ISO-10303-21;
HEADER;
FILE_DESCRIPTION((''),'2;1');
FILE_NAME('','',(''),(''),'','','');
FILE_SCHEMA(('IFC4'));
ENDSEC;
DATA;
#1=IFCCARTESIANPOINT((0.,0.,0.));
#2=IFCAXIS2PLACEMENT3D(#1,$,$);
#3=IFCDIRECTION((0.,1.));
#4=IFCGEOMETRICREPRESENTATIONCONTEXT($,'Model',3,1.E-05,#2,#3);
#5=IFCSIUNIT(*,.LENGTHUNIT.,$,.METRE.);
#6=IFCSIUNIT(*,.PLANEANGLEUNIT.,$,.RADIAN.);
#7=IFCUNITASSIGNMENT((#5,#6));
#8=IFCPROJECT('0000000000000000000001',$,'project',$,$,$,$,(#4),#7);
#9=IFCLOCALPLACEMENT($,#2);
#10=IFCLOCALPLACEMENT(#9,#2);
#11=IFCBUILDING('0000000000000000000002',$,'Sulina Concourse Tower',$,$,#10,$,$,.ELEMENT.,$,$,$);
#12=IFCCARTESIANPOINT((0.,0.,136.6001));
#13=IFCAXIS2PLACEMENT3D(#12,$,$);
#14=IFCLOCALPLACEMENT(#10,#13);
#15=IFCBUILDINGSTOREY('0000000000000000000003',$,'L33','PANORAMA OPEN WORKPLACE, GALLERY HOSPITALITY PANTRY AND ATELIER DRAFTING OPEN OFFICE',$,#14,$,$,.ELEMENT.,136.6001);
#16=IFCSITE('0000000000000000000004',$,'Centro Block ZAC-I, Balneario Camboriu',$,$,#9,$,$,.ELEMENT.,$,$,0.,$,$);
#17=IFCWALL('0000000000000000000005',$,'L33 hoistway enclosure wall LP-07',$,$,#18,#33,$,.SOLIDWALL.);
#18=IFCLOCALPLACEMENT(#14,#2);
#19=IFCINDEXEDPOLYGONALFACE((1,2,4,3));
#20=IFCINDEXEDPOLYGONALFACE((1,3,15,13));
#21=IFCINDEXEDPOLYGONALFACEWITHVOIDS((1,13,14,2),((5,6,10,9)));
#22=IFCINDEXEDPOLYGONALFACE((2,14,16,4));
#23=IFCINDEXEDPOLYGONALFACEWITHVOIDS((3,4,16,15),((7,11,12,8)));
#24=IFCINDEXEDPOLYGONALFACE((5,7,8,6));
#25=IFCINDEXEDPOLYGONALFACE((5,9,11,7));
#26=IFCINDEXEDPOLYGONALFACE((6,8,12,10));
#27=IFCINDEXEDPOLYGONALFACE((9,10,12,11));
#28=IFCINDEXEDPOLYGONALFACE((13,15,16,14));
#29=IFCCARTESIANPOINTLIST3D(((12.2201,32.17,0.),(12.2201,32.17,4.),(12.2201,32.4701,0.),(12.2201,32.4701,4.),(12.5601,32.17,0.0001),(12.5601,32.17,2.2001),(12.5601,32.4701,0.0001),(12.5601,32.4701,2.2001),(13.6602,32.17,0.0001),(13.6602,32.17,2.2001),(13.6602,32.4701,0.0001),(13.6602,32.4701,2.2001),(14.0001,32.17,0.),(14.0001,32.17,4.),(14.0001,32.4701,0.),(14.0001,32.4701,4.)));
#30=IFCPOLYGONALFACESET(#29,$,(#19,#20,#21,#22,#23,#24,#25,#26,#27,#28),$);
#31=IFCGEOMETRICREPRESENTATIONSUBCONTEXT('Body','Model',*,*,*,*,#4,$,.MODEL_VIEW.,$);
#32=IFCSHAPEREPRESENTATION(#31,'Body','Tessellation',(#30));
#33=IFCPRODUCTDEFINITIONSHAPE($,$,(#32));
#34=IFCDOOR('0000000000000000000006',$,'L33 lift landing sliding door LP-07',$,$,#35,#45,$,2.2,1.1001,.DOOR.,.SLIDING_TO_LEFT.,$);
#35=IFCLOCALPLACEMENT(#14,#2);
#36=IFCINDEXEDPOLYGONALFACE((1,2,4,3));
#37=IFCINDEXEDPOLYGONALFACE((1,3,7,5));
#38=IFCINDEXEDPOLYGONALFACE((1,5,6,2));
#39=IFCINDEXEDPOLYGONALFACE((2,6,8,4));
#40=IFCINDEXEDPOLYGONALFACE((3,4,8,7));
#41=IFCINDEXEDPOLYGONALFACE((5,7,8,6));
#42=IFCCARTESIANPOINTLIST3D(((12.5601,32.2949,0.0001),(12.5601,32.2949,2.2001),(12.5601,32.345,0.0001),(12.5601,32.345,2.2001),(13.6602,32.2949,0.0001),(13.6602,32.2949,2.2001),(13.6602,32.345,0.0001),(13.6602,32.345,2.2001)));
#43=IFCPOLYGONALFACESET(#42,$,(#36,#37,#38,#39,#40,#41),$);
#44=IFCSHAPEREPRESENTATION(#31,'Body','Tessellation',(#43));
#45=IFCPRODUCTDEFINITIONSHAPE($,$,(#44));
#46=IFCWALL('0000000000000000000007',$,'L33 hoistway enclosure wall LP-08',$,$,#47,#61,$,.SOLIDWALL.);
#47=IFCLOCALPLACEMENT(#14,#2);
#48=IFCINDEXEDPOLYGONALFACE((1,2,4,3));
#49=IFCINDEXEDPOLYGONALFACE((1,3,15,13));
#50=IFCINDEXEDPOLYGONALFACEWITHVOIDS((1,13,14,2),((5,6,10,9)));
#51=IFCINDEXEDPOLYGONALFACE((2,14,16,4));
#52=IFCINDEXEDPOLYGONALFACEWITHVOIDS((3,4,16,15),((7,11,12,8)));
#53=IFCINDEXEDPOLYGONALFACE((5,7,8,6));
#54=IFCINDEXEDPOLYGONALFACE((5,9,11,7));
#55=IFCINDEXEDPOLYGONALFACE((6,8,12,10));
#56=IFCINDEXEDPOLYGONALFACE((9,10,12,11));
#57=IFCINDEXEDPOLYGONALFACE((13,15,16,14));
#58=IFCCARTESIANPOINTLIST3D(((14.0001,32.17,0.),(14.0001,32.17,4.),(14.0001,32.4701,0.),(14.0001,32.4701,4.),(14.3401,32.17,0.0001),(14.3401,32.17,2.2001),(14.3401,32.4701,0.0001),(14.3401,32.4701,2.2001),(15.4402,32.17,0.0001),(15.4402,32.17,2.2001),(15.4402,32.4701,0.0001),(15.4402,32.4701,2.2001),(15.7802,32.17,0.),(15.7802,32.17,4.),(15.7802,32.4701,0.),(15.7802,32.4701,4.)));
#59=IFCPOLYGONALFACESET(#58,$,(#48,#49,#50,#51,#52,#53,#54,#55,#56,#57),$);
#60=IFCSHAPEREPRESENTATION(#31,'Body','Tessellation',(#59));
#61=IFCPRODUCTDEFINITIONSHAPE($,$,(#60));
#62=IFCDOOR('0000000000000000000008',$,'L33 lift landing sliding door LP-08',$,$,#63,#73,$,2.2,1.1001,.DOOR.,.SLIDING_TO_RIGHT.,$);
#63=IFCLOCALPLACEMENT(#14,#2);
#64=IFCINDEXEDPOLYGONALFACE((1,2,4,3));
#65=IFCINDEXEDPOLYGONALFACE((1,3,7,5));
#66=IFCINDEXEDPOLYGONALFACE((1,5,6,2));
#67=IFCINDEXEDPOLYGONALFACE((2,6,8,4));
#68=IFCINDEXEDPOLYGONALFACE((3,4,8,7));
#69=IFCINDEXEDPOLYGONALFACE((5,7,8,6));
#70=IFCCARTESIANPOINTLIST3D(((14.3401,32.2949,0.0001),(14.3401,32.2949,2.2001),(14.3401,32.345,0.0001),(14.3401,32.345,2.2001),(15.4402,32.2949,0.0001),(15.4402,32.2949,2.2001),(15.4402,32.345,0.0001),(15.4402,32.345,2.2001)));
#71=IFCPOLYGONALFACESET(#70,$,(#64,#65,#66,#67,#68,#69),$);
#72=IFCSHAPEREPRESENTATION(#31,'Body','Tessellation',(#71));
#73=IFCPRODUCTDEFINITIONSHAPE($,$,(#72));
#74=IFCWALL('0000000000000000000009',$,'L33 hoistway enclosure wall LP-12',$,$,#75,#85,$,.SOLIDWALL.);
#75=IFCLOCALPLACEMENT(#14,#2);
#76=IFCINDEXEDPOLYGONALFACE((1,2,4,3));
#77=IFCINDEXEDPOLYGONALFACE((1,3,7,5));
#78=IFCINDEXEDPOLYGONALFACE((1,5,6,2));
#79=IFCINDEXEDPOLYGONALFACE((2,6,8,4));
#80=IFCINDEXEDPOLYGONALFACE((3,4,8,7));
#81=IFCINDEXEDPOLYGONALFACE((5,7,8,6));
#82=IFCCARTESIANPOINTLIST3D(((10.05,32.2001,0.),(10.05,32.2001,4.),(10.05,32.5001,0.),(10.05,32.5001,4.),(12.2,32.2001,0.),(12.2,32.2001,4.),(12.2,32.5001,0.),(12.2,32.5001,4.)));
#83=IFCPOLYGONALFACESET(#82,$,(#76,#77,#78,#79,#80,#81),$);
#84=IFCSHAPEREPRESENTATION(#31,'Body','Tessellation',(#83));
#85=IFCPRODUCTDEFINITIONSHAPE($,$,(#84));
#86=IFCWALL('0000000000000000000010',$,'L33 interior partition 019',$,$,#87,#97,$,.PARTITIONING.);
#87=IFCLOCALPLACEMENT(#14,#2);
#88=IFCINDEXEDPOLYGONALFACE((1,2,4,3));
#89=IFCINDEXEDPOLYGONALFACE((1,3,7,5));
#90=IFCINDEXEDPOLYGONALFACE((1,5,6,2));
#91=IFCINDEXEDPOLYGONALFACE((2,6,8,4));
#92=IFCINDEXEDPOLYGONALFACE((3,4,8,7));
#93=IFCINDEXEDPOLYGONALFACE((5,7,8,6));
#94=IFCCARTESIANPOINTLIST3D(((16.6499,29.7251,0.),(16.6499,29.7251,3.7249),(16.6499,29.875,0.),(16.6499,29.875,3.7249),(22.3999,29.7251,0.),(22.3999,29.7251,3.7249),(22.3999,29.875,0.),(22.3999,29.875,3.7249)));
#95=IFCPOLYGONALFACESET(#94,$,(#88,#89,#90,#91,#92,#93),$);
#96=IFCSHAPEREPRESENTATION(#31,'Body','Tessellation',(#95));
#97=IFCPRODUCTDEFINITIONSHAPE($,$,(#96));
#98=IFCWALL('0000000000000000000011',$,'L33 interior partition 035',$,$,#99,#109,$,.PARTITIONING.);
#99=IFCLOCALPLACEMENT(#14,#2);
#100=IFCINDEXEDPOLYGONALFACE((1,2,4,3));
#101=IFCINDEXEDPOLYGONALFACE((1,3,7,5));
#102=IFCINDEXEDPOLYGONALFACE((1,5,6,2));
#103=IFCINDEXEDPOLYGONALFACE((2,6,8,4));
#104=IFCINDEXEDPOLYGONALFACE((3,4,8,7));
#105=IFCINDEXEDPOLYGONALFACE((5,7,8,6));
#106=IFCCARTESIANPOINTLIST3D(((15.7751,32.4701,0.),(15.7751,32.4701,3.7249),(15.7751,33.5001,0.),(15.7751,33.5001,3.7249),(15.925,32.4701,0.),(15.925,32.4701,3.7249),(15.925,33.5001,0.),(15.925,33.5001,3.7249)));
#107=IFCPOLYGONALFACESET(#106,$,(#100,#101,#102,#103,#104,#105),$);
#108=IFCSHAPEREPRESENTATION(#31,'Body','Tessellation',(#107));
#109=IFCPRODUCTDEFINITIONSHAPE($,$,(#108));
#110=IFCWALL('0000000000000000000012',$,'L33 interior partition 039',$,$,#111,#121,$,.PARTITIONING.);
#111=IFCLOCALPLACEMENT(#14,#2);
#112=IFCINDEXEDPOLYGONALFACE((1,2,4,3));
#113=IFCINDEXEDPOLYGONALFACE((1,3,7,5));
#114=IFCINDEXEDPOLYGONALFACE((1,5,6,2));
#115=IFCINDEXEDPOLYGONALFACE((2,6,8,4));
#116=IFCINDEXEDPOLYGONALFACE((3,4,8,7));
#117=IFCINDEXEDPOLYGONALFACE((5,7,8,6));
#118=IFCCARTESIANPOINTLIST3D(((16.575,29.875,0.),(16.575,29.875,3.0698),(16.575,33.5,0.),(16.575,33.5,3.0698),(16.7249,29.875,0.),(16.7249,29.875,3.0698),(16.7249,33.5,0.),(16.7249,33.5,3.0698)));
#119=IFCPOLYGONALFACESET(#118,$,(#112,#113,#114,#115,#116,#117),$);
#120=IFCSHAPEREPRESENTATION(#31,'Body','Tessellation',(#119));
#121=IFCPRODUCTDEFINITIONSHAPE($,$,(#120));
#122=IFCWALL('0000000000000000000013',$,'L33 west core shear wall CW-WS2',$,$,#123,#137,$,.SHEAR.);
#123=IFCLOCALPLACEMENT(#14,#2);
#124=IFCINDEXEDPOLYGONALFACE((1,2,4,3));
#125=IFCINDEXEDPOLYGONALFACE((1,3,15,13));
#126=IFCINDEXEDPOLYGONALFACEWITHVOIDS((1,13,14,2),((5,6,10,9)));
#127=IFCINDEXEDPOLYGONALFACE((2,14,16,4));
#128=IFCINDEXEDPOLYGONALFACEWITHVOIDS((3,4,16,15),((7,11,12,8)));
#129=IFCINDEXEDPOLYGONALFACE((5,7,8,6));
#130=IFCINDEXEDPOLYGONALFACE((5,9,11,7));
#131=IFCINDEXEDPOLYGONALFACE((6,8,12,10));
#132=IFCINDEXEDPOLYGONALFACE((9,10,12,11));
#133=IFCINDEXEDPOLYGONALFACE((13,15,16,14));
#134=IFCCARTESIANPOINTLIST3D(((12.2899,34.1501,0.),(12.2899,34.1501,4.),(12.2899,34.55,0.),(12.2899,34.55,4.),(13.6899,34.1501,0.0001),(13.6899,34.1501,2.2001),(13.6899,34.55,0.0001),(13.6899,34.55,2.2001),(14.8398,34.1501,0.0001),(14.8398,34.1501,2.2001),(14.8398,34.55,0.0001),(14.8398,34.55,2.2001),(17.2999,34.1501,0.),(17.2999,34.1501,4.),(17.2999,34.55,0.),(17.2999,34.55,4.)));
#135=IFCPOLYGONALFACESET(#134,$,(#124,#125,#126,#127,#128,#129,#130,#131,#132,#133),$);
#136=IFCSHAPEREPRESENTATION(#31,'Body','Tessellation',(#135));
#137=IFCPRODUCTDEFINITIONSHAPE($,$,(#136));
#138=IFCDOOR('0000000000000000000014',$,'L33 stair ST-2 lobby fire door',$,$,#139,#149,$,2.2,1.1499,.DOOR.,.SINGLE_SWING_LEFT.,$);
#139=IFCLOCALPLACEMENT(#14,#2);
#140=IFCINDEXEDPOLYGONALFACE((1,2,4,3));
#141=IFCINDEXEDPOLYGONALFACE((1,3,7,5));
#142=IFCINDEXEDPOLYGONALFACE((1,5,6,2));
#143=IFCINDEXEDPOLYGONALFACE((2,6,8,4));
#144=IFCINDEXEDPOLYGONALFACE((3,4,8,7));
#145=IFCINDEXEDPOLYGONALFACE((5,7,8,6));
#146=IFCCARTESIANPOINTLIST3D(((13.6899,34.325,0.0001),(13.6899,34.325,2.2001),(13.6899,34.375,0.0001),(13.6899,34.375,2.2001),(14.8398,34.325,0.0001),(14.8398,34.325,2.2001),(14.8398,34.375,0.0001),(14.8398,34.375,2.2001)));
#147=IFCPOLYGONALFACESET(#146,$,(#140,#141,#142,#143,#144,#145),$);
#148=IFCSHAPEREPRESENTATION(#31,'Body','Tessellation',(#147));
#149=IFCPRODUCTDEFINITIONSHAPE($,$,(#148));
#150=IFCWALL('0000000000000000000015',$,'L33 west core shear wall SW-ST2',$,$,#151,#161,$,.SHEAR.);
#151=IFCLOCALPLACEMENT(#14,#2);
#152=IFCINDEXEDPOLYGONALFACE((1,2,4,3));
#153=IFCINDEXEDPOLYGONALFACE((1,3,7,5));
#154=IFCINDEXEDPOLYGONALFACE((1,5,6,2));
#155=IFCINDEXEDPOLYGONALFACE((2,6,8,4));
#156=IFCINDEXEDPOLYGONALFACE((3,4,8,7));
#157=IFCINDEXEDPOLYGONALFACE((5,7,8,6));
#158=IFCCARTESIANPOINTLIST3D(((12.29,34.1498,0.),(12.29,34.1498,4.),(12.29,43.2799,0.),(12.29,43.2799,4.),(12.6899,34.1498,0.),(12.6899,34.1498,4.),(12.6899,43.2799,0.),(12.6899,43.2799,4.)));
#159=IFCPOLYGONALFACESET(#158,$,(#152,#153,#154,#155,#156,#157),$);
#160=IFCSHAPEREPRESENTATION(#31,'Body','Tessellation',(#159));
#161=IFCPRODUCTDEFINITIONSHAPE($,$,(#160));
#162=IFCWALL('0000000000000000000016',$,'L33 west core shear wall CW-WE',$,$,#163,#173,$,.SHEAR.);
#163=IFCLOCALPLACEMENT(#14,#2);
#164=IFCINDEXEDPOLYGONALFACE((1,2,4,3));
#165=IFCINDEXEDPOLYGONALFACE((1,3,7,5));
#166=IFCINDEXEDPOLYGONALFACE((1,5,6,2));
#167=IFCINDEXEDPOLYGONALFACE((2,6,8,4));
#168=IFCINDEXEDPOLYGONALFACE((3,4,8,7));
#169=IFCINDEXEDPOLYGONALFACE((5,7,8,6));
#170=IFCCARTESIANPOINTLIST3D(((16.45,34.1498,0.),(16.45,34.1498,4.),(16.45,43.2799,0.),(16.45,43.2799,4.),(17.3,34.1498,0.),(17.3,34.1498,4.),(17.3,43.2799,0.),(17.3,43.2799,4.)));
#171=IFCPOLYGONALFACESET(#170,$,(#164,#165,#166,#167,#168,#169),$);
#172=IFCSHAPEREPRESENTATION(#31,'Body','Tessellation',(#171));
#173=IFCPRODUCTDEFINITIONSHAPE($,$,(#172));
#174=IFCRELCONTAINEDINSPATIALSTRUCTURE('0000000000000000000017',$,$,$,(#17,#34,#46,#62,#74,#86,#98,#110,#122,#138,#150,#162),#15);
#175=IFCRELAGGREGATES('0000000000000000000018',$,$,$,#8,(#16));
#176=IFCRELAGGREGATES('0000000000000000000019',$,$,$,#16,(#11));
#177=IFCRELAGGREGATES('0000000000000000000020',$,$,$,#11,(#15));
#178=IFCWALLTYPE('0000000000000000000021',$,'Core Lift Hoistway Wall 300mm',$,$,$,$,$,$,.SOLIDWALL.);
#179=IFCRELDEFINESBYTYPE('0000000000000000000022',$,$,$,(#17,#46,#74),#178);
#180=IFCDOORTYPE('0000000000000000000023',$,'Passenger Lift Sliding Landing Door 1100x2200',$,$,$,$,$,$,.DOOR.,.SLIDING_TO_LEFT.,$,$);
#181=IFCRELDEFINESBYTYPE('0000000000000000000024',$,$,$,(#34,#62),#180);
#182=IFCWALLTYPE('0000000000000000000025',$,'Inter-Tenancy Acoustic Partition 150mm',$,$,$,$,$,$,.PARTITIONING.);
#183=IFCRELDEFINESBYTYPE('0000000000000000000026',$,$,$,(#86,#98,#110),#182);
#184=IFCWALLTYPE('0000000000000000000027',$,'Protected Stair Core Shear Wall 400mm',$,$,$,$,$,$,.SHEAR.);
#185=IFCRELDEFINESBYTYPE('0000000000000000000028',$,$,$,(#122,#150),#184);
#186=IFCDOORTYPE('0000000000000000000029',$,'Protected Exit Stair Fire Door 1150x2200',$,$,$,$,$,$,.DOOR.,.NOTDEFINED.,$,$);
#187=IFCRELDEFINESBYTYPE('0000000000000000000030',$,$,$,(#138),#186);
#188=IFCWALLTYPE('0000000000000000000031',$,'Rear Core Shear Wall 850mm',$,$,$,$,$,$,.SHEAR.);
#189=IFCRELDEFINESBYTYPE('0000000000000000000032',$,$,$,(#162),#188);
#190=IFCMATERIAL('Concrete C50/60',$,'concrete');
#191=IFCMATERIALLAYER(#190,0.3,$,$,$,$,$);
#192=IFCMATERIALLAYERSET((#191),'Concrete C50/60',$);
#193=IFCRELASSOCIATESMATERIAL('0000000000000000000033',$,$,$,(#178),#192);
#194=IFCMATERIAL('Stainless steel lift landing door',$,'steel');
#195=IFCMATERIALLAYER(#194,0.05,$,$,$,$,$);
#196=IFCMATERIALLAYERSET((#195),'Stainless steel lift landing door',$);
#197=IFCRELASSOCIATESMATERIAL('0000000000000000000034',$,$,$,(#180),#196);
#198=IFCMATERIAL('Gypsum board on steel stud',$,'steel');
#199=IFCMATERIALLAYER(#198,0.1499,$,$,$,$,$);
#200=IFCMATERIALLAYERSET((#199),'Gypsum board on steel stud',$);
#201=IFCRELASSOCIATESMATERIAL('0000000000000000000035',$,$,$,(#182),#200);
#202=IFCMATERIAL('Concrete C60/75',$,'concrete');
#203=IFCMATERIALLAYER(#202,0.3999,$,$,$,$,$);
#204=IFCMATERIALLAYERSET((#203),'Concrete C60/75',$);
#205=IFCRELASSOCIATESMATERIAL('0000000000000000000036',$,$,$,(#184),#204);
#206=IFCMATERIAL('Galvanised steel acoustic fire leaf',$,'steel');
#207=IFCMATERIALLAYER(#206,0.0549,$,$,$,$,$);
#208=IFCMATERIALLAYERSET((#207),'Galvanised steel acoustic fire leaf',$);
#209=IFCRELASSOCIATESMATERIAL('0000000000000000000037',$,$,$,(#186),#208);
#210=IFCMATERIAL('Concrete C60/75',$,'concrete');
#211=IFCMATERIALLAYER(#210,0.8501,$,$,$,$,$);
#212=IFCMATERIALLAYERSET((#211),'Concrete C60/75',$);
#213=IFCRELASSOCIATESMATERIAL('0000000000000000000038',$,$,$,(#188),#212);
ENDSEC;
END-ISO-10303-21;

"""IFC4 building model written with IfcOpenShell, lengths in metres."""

from ifc_helpers import new_model, si_unit, direction, frame, frame_2d, origin, place, context, subcontext, project, spatial, rectangle, extrude, material, layer, layer_set, type_object, element, fill, save


model = new_model("IFC4")

# Units and contexts
model_context = context("Model", 3, precision=1e-05, world=origin(), true_north=direction((0.0, 1.0)))
body_context = subcontext(model_context, "Body", "Model", "MODEL_VIEW")
ifc_project = project(units=[si_unit("LENGTHUNIT", "METRE"), si_unit("PLANEANGLEUNIT", "RADIAN")], contexts=[model_context])

# Site, building, storey
site_placement = place(None, origin())
site = spatial("IfcSite", under=ifc_project, at=site_placement, Name="Centro Block ZAC-I, Balneario Camboriu", CompositionType="ELEMENT", RefElevation=0.0)
building_placement = place(site_placement, origin())
building = spatial("IfcBuilding", under=site, at=building_placement, Name="Sulina Concourse Tower", CompositionType="ELEMENT")
storey_placement = place(building_placement, frame((0.0, 0.0, 136.6001)))
storey = spatial("IfcBuildingStorey", under=building, at=storey_placement, Name="L33", Description="PANORAMA OPEN WORKPLACE, GALLERY HOSPITALITY PANTRY AND ATELIER DRAFTING OPEN OFFICE", CompositionType="ELEMENT", Elevation=136.6001)

# Walls, openings, doors
ifc_material_1 = material(Name="Concrete C50/60", Category="concrete")
ifc_layer_1 = layer(ifc_material_1, 0.3)
ifc_layer_set_1 = layer_set([ifc_layer_1], Name="Concrete C50/60")
wall_type_1 = type_object("IfcWallType", Name="Core Lift Hoistway Wall 300mm", PredefinedType="SOLIDWALL", material=ifc_layer_set_1)
ifc_material_2 = material(Name="Stainless steel lift landing door", Category="steel")
ifc_layer_2 = layer(ifc_material_2, 0.05)
ifc_layer_set_2 = layer_set([ifc_layer_2], Name="Stainless steel lift landing door")
door_type_1 = type_object("IfcDoorType", Name="Passenger Lift Sliding Landing Door 1100x2200", OperationType="SLIDING_TO_LEFT", PredefinedType="DOOR", material=ifc_layer_set_2)
wall_1_placement = place(storey_placement, frame((12.22, 32.3201, 0.0), z_axis=(0.0, 0.0, 1.0), x_axis=(1.0, 0.0, 0.0)))
wall_1 = element("IfcWall", 1, at=wall_1_placement, inside=storey, type_object=wall_type_1, Name="L33 hoistway enclosure wall LP-07", PredefinedType="SOLIDWALL", context=body_context, shape_type="SweptSolid", body=[
    extrude(rectangle(XDim=1.78, YDim=0.3, at=frame_2d((0.8901, 0.0))), origin(), (0.0, 0.0, 1.0), 4.0),
])
opening_1_placement = place(wall_1_placement, frame((0.3401, 0.0, 0.0)))
opening_1 = element("IfcOpeningElement", 2, at=opening_1_placement, cuts=wall_1, PredefinedType="OPENING", context=body_context, shape_type="SweptSolid", body=[
    extrude(rectangle(XDim=1.1001, YDim=2.2, at=frame_2d((0.55, 1.1001))), frame((0.0, 0.1599, 0.0), z_axis=(0.0, -1.0, 0.0), x_axis=(1.0, 0.0, 0.0)), (0.0, 0.0, 1.0), 0.3201),
])
door_1_placement = place(opening_1_placement, origin())
door_1 = element("IfcDoor", 3, at=door_1_placement, inside=storey, type_object=door_type_1, Name="L33 lift landing sliding door LP-07", OperationType="SLIDING_TO_LEFT", OverallHeight=2.2, OverallWidth=1.1001, PredefinedType="DOOR", context=body_context, shape_type="SweptSolid", body=[
    extrude(rectangle(XDim=1.1001, YDim=2.2, at=frame_2d((0.55, 1.1001))), frame((0.0, 0.0249, 0.0), z_axis=(0.0, -1.0, 0.0), x_axis=(1.0, 0.0, 0.0)), (0.0, 0.0, 1.0), 0.05),
])
fill(opening_1, door_1)
wall_2_placement = place(storey_placement, frame((14.0, 32.3201, 0.0), z_axis=(0.0, 0.0, 1.0), x_axis=(1.0, 0.0, 0.0)))
wall_2 = element("IfcWall", 4, at=wall_2_placement, inside=storey, type_object=wall_type_1, Name="L33 hoistway enclosure wall LP-08", PredefinedType="SOLIDWALL", context=body_context, shape_type="SweptSolid", body=[
    extrude(rectangle(XDim=1.78, YDim=0.3, at=frame_2d((0.8901, 0.0))), origin(), (0.0, 0.0, 1.0), 4.0),
])
opening_2_placement = place(wall_2_placement, frame((0.3401, 0.0, 0.0)))
opening_2 = element("IfcOpeningElement", 5, at=opening_2_placement, cuts=wall_2, PredefinedType="OPENING", context=body_context, shape_type="SweptSolid", body=[
    extrude(rectangle(XDim=1.1001, YDim=2.2, at=frame_2d((0.55, 1.1001))), frame((0.0, 0.1599, 0.0), z_axis=(0.0, -1.0, 0.0), x_axis=(1.0, 0.0, 0.0)), (0.0, 0.0, 1.0), 0.3201),
])
door_2_placement = place(opening_2_placement, origin())
door_2 = element("IfcDoor", 6, at=door_2_placement, inside=storey, type_object=door_type_1, Name="L33 lift landing sliding door LP-08", OperationType="SLIDING_TO_RIGHT", OverallHeight=2.2, OverallWidth=1.1001, PredefinedType="DOOR", context=body_context, shape_type="SweptSolid", body=[
    extrude(rectangle(XDim=1.1001, YDim=2.2, at=frame_2d((0.55, 1.1001))), frame((0.0, 0.0249, 0.0), z_axis=(0.0, -1.0, 0.0), x_axis=(1.0, 0.0, 0.0)), (0.0, 0.0, 1.0), 0.05),
])
fill(opening_2, door_2)

# Walls
wall_3_placement = place(storey_placement, frame((10.05, 32.3501, 0.0), z_axis=(0.0, 0.0, 1.0), x_axis=(1.0, 0.0, 0.0)))
element("IfcWall", 7, at=wall_3_placement, inside=storey, type_object=wall_type_1, Name="L33 hoistway enclosure wall LP-12", PredefinedType="SOLIDWALL", context=body_context, shape_type="SweptSolid", body=[
    extrude(rectangle(XDim=2.1499, YDim=0.3, at=frame_2d((1.075, 0.0))), origin(), (0.0, 0.0, 1.0), 4.0),
])
ifc_material_3 = material(Name="Gypsum board on steel stud", Category="steel")
ifc_layer_3 = layer(ifc_material_3, 0.1499)
ifc_layer_set_3 = layer_set([ifc_layer_3], Name="Gypsum board on steel stud")
wall_type_2 = type_object("IfcWallType", Name="Inter-Tenancy Acoustic Partition 150mm", PredefinedType="PARTITIONING", material=ifc_layer_set_3)
wall_4_placement = place(storey_placement, frame((16.6499, 29.8, 0.0), z_axis=(0.0, 0.0, 1.0), x_axis=(1.0, 0.0, 0.0)))
element("IfcWall", 8, at=wall_4_placement, inside=storey, type_object=wall_type_2, Name="L33 interior partition 019", PredefinedType="PARTITIONING", context=body_context, shape_type="SweptSolid", body=[
    extrude(rectangle(XDim=5.75, YDim=0.1499, at=frame_2d((2.875, 0.0))), origin(), (0.0, 0.0, 1.0), 3.7249),
])
wall_5_placement = place(storey_placement, frame((15.8501, 32.47, 0.0), z_axis=(0.0, 0.0, 1.0), x_axis=(0.0, 1.0, 0.0)))
element("IfcWall", 9, at=wall_5_placement, inside=storey, type_object=wall_type_2, Name="L33 interior partition 035", PredefinedType="PARTITIONING", context=body_context, shape_type="SweptSolid", body=[
    extrude(rectangle(XDim=1.03, YDim=0.1499, at=frame_2d((0.5151, 0.0))), origin(), (0.0, 0.0, 1.0), 3.7249),
])
wall_6_placement = place(storey_placement, frame((16.6499, 29.875, 0.0), z_axis=(0.0, 0.0, 1.0), x_axis=(0.0, 1.0, 0.0)))
element("IfcWall", 10, at=wall_6_placement, inside=storey, type_object=wall_type_2, Name="L33 interior partition 039", PredefinedType="PARTITIONING", context=body_context, shape_type="SweptSolid", body=[
    extrude(rectangle(XDim=3.625, YDim=0.1499, at=frame_2d((1.8125, 0.0))), origin(), (0.0, 0.0, 1.0), 3.0698),
])

# Wall, opening, door
ifc_material_4 = material(Name="Concrete C60/75", Category="concrete")
ifc_layer_4 = layer(ifc_material_4, 0.3999)
ifc_layer_set_4 = layer_set([ifc_layer_4], Name="Concrete C60/75")
wall_type_3 = type_object("IfcWallType", Name="Protected Stair Core Shear Wall 400mm", PredefinedType="SHEAR", material=ifc_layer_set_4)
wall_7_placement = place(storey_placement, frame((12.29, 34.3501, 0.0), z_axis=(0.0, 0.0, 1.0), x_axis=(1.0, 0.0, 0.0)))
wall_7 = element("IfcWall", 11, at=wall_7_placement, inside=storey, type_object=wall_type_3, Name="L33 west core shear wall CW-WS2", PredefinedType="SHEAR", context=body_context, shape_type="SweptSolid", body=[
    extrude(rectangle(XDim=5.01, YDim=0.3999, at=frame_2d((2.5049, 0.0))), origin(), (0.0, 0.0, 1.0), 4.0),
])
opening_3_placement = place(wall_7_placement, frame((1.3999, 0.0, 0.0)))
opening_3 = element("IfcOpeningElement", 12, at=opening_3_placement, cuts=wall_7, PredefinedType="OPENING", context=body_context, shape_type="SweptSolid", body=[
    extrude(rectangle(XDim=1.1499, YDim=2.2, at=frame_2d((0.575, 1.1001))), frame((0.0, 0.21, 0.0), z_axis=(0.0, -1.0, 0.0), x_axis=(1.0, 0.0, 0.0)), (0.0, 0.0, 1.0), 0.4199),
])
ifc_material_5 = material(Name="Galvanised steel acoustic fire leaf", Category="steel")
ifc_layer_5 = layer(ifc_material_5, 0.0549)
ifc_layer_set_5 = layer_set([ifc_layer_5], Name="Galvanised steel acoustic fire leaf")
door_type_2 = type_object("IfcDoorType", Name="Protected Exit Stair Fire Door 1150x2200", OperationType="NOTDEFINED", PredefinedType="DOOR", material=ifc_layer_set_5)
door_3_placement = place(opening_3_placement, origin())
door_3 = element("IfcDoor", 13, at=door_3_placement, inside=storey, type_object=door_type_2, Name="L33 stair ST-2 lobby fire door", OperationType="SINGLE_SWING_LEFT", OverallHeight=2.2, OverallWidth=1.1499, PredefinedType="DOOR", context=body_context, shape_type="SweptSolid", body=[
    extrude(rectangle(XDim=1.1499, YDim=2.2, at=frame_2d((0.575, 1.1001))), frame((0.0, 0.0249, 0.0), z_axis=(0.0, -1.0, 0.0), x_axis=(1.0, 0.0, 0.0)), (0.0, 0.0, 1.0), 0.05),
])
fill(opening_3, door_3)

# Walls
wall_8_placement = place(storey_placement, frame((12.49, 34.1499, 0.0), z_axis=(0.0, 0.0, 1.0), x_axis=(0.0, 1.0, 0.0)))
element("IfcWall", 14, at=wall_8_placement, inside=storey, type_object=wall_type_3, Name="L33 west core shear wall SW-ST2", PredefinedType="SHEAR", context=body_context, shape_type="SweptSolid", body=[
    extrude(rectangle(XDim=9.1301, YDim=0.3999, at=frame_2d((4.5649, 0.0))), origin(), (0.0, 0.0, 1.0), 4.0),
])
ifc_material_6 = material(Name="Concrete C60/75", Category="concrete")
ifc_layer_6 = layer(ifc_material_6, 0.8501)
ifc_layer_set_6 = layer_set([ifc_layer_6], Name="Concrete C60/75")
wall_type_4 = type_object("IfcWallType", Name="Rear Core Shear Wall 850mm", PredefinedType="SHEAR", material=ifc_layer_set_6)
wall_9_placement = place(storey_placement, frame((16.875, 34.1499, 0.0), z_axis=(0.0, 0.0, 1.0), x_axis=(0.0, 1.0, 0.0)))
element("IfcWall", 15, at=wall_9_placement, inside=storey, type_object=wall_type_4, Name="L33 west core shear wall CW-WE", PredefinedType="SHEAR", context=body_context, shape_type="SweptSolid", body=[
    extrude(rectangle(XDim=9.1301, YDim=0.8501, at=frame_2d((4.5649, 0.0))), origin(), (0.0, 0.0, 1.0), 4.0),
])

save(model, "model.ifc")
